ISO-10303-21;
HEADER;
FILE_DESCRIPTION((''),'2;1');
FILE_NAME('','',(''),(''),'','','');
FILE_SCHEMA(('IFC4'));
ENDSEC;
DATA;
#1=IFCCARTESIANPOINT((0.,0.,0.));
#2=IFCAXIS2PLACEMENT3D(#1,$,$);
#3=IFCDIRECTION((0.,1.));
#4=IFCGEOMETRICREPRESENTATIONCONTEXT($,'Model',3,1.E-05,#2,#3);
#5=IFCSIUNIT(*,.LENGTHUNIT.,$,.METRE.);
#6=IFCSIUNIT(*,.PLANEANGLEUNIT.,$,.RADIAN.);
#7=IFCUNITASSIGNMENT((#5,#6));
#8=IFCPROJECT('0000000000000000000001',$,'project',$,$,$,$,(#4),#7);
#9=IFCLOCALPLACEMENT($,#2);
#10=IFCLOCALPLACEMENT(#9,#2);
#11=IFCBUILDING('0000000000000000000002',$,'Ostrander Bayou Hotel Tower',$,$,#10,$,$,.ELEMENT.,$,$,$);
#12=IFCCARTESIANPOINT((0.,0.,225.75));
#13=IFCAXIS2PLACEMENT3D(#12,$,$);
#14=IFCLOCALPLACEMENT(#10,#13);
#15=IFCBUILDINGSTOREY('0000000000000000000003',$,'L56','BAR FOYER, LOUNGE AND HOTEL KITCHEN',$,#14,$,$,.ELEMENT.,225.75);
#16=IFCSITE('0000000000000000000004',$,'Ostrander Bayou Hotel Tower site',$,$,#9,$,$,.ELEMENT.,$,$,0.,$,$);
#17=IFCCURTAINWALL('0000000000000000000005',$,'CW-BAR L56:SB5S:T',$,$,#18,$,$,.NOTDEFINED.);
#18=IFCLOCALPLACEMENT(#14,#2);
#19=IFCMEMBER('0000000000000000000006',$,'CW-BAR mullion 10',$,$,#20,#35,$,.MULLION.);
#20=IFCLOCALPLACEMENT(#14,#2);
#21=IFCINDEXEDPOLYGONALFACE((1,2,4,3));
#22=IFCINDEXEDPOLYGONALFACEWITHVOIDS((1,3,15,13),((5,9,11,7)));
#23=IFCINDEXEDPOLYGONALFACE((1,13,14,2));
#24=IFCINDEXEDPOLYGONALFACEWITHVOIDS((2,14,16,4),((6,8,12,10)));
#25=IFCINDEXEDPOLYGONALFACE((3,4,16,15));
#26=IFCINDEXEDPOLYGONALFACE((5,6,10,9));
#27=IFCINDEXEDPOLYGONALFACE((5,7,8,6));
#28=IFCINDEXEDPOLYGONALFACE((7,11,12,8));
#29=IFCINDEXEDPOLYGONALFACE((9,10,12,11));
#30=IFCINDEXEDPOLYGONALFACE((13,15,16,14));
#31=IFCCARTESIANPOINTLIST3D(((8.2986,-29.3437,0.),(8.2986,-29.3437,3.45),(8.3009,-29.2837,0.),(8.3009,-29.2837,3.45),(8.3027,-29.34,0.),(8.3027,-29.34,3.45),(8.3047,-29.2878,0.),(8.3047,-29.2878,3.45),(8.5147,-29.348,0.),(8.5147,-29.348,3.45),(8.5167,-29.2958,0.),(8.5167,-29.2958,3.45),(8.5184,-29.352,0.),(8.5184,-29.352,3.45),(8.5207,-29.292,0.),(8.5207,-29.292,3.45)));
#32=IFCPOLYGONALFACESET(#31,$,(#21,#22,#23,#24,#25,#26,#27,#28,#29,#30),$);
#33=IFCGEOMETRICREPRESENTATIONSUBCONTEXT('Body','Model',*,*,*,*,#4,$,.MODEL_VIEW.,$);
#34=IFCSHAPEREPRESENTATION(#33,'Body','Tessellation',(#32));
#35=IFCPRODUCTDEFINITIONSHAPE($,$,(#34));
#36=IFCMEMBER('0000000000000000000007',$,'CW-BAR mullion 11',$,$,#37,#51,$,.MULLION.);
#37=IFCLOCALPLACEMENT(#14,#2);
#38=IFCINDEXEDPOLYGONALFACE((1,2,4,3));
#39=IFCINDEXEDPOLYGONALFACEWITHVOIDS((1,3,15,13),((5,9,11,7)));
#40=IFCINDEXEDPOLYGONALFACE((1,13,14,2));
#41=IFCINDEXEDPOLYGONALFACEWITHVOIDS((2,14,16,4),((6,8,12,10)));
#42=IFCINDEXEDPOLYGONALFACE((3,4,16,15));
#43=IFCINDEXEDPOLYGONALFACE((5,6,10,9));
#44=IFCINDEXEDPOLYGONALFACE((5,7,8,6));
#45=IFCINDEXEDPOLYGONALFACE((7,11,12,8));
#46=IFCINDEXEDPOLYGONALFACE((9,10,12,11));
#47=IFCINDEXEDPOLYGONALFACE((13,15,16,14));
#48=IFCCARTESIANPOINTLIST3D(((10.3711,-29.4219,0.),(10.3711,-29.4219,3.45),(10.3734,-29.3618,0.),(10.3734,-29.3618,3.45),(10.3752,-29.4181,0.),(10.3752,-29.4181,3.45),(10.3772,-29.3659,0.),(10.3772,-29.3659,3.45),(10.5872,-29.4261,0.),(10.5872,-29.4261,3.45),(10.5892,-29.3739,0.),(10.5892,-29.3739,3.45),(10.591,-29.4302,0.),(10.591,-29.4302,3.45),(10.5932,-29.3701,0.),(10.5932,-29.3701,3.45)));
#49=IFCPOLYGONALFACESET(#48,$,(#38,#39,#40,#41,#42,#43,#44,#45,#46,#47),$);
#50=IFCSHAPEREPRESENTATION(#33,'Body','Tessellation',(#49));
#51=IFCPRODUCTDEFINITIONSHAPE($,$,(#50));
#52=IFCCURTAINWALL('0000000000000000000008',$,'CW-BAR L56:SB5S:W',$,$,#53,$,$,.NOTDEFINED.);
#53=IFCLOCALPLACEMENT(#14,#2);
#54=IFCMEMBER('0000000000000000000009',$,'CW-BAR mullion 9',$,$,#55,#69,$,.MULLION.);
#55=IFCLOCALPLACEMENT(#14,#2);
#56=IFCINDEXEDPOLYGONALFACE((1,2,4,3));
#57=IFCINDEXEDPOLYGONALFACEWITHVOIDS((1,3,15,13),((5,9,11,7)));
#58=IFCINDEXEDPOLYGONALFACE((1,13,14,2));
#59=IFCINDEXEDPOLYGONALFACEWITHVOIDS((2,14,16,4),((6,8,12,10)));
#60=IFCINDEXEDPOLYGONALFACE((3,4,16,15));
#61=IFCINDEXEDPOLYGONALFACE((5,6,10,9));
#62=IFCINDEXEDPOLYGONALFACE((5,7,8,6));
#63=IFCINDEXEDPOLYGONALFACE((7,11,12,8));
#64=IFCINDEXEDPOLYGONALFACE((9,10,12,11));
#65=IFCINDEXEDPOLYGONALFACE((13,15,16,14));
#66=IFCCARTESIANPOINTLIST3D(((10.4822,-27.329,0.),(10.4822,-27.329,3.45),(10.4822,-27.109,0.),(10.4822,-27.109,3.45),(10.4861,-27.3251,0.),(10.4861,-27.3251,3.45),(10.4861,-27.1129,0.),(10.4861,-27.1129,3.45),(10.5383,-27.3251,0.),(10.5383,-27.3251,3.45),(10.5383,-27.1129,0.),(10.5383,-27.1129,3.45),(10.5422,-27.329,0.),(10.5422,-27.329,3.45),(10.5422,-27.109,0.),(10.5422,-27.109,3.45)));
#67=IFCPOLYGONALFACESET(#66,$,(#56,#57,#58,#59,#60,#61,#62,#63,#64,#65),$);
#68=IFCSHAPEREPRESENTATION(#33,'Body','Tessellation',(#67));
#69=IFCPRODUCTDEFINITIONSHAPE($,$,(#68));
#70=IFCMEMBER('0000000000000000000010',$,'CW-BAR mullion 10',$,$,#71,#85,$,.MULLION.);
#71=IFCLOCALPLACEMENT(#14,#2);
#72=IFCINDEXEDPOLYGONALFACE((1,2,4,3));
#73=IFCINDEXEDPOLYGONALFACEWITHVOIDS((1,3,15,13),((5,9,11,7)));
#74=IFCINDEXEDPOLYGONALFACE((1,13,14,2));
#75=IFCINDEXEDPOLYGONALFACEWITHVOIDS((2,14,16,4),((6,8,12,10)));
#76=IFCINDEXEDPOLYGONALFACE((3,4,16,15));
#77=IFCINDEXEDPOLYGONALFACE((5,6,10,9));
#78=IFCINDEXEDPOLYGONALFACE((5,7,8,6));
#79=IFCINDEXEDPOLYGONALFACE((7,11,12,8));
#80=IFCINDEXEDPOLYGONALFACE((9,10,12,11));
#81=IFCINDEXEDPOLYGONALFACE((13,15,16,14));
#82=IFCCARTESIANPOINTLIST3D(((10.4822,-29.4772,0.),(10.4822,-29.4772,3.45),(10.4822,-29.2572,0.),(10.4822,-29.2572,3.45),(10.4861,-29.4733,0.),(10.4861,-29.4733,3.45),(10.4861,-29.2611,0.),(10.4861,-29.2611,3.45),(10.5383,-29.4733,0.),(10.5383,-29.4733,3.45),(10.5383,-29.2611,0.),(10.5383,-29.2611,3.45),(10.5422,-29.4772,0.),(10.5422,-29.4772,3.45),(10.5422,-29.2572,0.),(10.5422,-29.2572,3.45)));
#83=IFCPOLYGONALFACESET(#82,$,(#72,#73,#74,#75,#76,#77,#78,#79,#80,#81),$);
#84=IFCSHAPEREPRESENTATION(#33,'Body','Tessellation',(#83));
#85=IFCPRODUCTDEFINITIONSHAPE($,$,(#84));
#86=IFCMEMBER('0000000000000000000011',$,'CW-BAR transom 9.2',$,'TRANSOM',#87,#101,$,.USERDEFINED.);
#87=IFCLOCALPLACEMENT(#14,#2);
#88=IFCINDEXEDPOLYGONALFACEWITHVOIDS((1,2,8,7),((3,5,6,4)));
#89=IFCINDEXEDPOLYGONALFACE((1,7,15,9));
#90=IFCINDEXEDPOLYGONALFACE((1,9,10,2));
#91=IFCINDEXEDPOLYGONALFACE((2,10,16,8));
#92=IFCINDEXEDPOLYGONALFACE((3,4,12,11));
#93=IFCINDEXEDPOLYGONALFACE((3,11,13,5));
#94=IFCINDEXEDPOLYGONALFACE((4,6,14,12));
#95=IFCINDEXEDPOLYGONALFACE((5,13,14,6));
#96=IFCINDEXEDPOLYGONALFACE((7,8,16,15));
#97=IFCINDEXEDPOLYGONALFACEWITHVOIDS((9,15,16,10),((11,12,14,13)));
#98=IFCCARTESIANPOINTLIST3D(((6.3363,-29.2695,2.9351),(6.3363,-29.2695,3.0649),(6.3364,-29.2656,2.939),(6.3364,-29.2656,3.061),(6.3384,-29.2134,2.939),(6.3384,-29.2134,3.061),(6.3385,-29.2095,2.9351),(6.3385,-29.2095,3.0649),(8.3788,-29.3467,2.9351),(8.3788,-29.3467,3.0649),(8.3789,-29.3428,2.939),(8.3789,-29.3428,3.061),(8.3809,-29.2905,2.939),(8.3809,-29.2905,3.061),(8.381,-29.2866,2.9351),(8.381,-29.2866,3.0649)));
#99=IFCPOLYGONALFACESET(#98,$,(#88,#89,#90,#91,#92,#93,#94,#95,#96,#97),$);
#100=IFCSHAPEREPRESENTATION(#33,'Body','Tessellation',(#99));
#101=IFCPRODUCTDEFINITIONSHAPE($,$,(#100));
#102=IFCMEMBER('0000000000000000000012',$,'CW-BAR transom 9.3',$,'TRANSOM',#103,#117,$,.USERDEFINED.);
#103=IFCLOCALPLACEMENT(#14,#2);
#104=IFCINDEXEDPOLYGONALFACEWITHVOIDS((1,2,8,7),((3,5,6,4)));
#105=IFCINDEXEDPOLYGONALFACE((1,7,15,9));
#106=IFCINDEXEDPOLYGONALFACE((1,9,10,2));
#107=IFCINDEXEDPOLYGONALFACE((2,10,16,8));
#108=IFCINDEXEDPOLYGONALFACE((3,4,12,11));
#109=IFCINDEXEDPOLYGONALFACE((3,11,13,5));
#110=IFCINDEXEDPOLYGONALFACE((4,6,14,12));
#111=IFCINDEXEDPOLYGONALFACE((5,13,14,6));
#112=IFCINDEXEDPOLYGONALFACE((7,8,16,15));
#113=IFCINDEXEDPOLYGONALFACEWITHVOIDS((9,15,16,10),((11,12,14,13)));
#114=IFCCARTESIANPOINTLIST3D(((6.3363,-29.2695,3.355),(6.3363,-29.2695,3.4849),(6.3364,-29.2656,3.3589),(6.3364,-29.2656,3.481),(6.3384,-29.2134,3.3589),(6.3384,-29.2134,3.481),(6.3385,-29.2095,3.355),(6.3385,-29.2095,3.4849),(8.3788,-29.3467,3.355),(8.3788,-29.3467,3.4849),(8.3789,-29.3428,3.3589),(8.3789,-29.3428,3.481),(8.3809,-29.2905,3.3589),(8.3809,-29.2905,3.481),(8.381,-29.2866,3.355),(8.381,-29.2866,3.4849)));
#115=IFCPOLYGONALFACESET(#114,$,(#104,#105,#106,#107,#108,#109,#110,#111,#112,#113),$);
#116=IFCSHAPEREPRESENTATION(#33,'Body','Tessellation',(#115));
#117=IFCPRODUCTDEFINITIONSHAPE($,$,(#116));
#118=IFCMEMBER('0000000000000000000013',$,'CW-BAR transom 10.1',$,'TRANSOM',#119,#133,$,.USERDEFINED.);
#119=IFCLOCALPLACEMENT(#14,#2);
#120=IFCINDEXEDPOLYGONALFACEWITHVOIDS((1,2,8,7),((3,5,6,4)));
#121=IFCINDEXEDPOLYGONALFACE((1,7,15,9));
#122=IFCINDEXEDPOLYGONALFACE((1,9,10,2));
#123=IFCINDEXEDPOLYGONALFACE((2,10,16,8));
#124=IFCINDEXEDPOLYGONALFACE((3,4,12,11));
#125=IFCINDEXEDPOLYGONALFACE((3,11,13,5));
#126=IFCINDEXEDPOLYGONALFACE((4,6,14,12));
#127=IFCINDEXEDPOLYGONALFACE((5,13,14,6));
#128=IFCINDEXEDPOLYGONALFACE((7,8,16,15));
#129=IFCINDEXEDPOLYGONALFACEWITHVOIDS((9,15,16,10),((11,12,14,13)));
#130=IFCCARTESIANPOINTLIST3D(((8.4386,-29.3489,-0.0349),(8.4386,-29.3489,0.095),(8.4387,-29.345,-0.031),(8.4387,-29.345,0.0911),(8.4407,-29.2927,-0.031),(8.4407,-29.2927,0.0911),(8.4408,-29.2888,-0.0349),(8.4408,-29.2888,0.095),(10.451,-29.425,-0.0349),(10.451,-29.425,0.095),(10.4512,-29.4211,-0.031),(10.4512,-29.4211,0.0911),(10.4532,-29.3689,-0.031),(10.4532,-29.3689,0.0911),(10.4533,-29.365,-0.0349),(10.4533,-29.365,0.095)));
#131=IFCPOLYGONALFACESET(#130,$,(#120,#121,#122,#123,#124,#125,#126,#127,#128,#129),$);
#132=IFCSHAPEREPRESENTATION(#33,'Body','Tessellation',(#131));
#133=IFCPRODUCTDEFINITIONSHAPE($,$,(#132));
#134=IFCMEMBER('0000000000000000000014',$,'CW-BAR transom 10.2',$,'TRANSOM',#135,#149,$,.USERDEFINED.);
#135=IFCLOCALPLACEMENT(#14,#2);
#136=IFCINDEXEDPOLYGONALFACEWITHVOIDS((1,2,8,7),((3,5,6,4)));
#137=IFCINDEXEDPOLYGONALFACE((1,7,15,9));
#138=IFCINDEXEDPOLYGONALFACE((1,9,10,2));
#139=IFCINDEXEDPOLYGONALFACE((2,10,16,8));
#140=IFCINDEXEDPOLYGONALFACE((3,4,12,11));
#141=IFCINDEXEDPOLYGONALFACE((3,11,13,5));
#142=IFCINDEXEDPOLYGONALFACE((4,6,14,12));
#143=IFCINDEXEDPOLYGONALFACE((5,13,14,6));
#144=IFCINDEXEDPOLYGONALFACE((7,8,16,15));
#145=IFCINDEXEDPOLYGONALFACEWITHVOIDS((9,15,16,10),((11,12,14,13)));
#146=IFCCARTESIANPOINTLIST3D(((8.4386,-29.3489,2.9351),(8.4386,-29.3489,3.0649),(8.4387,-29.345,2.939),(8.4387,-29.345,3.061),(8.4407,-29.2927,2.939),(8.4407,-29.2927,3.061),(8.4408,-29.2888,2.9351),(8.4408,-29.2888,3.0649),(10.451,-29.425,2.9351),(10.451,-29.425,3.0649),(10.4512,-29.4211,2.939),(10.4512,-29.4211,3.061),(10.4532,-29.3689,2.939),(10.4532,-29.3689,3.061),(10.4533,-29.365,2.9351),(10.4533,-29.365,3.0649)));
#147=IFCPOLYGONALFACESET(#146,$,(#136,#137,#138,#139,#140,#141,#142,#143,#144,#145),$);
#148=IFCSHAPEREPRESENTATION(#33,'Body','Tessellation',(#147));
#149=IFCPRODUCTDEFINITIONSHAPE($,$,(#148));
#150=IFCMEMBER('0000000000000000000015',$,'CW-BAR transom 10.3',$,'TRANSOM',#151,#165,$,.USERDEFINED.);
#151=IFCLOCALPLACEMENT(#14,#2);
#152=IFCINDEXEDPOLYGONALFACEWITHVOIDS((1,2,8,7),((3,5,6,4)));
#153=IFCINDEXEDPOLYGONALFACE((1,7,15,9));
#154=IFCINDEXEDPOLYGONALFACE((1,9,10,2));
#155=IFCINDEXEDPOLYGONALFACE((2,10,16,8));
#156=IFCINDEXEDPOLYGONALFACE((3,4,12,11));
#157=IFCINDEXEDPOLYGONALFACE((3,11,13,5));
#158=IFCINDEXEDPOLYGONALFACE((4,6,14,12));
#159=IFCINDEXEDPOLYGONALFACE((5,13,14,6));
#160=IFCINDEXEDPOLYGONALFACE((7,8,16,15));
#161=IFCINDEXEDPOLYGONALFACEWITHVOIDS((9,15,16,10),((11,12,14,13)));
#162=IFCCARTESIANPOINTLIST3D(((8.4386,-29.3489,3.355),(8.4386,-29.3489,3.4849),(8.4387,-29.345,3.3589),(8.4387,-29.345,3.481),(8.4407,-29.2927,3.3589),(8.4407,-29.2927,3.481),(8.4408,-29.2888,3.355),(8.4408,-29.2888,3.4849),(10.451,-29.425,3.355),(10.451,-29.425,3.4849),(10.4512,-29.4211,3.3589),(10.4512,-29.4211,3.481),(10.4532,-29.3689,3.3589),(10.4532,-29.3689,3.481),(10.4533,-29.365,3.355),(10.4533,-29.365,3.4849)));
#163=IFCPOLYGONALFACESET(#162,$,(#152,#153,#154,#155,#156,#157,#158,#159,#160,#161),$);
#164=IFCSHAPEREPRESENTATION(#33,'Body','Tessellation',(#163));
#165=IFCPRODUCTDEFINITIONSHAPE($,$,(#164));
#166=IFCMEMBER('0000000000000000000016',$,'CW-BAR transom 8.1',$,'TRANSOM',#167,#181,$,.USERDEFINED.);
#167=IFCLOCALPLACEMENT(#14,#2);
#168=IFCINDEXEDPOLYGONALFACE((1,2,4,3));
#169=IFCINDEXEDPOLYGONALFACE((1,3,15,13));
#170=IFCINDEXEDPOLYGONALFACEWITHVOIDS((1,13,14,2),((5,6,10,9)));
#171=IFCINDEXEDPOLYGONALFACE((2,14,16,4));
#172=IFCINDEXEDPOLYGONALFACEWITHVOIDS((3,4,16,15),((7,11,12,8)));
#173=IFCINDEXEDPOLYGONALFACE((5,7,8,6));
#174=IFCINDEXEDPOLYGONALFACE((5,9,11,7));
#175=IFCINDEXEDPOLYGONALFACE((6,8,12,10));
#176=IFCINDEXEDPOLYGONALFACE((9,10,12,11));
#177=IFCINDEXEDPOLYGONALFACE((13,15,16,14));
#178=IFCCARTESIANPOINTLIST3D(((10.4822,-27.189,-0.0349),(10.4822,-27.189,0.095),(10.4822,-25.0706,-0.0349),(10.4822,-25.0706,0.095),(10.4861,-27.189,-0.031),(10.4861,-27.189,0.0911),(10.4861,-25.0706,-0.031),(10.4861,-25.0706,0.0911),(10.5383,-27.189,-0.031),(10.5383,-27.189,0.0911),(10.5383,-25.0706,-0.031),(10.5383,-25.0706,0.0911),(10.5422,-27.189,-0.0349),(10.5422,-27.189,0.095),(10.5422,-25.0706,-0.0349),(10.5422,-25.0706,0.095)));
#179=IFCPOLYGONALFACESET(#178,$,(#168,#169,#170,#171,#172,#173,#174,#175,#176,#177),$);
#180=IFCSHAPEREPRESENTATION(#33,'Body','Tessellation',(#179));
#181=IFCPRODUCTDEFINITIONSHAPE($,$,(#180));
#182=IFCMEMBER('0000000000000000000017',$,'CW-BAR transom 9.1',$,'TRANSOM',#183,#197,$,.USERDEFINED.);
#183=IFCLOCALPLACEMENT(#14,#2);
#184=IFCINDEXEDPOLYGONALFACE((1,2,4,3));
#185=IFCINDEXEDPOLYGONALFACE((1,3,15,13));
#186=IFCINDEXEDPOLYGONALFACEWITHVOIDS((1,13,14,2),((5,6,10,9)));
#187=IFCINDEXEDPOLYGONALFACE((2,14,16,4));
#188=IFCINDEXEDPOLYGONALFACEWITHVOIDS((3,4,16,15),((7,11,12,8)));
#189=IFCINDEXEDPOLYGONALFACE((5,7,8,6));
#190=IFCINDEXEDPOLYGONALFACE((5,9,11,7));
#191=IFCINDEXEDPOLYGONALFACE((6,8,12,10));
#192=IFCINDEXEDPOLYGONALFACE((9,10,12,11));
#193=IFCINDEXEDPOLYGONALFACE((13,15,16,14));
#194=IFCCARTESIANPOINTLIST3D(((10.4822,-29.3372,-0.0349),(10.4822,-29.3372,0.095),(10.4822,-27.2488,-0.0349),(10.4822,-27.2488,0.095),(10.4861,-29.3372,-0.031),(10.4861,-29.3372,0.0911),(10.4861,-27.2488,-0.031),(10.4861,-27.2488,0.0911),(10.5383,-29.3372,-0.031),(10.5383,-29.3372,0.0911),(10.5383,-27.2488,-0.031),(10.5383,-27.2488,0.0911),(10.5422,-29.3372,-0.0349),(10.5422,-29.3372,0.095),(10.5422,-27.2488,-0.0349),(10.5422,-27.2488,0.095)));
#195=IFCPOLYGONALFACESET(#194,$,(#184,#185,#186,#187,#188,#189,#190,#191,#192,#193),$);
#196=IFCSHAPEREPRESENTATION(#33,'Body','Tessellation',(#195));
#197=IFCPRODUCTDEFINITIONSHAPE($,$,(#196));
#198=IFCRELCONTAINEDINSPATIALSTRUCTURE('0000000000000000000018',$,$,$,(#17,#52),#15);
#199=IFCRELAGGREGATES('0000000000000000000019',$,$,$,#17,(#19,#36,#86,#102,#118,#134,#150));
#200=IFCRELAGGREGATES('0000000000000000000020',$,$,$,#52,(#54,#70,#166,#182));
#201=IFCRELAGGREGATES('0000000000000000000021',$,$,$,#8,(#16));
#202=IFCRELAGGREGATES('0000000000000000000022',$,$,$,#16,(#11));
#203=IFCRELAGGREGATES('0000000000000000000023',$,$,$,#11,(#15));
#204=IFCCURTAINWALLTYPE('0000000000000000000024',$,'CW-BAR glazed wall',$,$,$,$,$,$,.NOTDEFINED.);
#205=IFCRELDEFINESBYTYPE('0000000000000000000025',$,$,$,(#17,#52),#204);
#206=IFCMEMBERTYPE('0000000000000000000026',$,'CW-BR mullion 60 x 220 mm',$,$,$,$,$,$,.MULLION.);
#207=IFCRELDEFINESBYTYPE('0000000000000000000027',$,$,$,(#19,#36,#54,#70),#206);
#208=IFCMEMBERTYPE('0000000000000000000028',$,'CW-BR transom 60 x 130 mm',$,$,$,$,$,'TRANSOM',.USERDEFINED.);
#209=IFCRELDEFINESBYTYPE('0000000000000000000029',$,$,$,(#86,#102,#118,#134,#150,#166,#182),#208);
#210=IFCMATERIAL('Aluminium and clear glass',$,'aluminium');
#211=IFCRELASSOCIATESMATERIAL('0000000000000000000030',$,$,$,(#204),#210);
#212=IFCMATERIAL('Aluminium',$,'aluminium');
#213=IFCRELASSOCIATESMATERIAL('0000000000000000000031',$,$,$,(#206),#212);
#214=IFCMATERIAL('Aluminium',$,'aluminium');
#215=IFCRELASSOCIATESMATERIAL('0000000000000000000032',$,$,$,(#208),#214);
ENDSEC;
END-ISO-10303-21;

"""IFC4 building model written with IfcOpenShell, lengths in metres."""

from ifc_helpers import new_model, si_unit, direction, frame, origin, origin_2d, place, context, subcontext, project, spatial, hollow_rectangle, extrude, material, material_profile, profile_set, type_object, element, aggregate, save


model = new_model("IFC4")

# Units and contexts
model_context = context("Model", 3, precision=1e-05, world=origin(), true_north=direction((0.0, 1.0)))
body_context = subcontext(model_context, "Body", "Model", "MODEL_VIEW")
ifc_project = project(units=[si_unit("LENGTHUNIT", "METRE"), si_unit("PLANEANGLEUNIT", "RADIAN")], contexts=[model_context])

# Site, building, storey
site_placement = place(None, origin())
site = spatial("IfcSite", under=ifc_project, at=site_placement, Name="Ostrander Bayou Hotel Tower site", CompositionType="ELEMENT", RefElevation=0.0)
building_placement = place(site_placement, origin())
building = spatial("IfcBuilding", under=site, at=building_placement, Name="Ostrander Bayou Hotel Tower", CompositionType="ELEMENT")
storey_placement = place(building_placement, frame((0.0, 0.0, 225.75)))
storey = spatial("IfcBuildingStorey", under=building, at=storey_placement, Name="L56", Description="BAR FOYER, LOUNGE AND HOTEL KITCHEN", CompositionType="ELEMENT", Elevation=225.75)

# Curtain walls, members
ifc_material_1 = material(Name="Aluminium and clear glass", Category="aluminium")
curtain_wall_type = type_object("IfcCurtainWallType", Name="CW-BAR glazed wall", PredefinedType="NOTDEFINED", material=ifc_material_1)
curtain_wall_1_placement = place(storey_placement, origin())
curtain_wall_1 = element("IfcCurtainWall", 1, at=curtain_wall_1_placement, inside=storey, type_object=curtain_wall_type, Name="CW-BAR L56:SB5S:T", PredefinedType="NOTDEFINED")
ifc_material_2 = material(Name="Aluminium", Category="aluminium")
ifc_material_profile_1 = material_profile(ifc_material_2, hollow_rectangle(XDim=0.0601, YDim=0.22, WallThickness=0.0039, at=origin_2d()))
ifc_profile_set_1 = profile_set([ifc_material_profile_1], Name="Aluminium")
member_type_1 = type_object("IfcMemberType", Name="CW-BR mullion 60 x 220 mm", PredefinedType="MULLION", material=ifc_profile_set_1)
member_1_placement = place(storey_placement, frame((8.4097, -29.3179, 0.0), z_axis=(0.0, 0.0, 1.0), x_axis=(0.037758, 0.999287, 0.0)))
member_1 = element("IfcMember", 2, at=member_1_placement, type_object=member_type_1, Name="CW-BAR mullion 10", PredefinedType="MULLION", context=body_context, shape_type="SweptSolid", body=[
    extrude(hollow_rectangle(XDim=0.0601, YDim=0.22, WallThickness=0.0039, at=origin_2d()), origin(), (0.0, 0.0, 1.0), 3.45),
])
member_2_placement = place(storey_placement, frame((10.4822, -29.396, 0.0), z_axis=(0.0, 0.0, 1.0), x_axis=(0.037758, 0.999287, 0.0)))
member_2 = element("IfcMember", 3, at=member_2_placement, type_object=member_type_1, Name="CW-BAR mullion 11", PredefinedType="MULLION", context=body_context, shape_type="SweptSolid", body=[
    extrude(hollow_rectangle(XDim=0.0601, YDim=0.22, WallThickness=0.0039, at=origin_2d()), origin(), (0.0, 0.0, 1.0), 3.45),
])
curtain_wall_2_placement = place(storey_placement, origin())
curtain_wall_2 = element("IfcCurtainWall", 4, at=curtain_wall_2_placement, inside=storey, type_object=curtain_wall_type, Name="CW-BAR L56:SB5S:W", PredefinedType="NOTDEFINED")
member_3_placement = place(storey_placement, frame((10.5122, -27.219, 0.0), z_axis=(0.0, 0.0, 1.0), x_axis=(1.0, 0.0, 0.0)))
member_3 = element("IfcMember", 5, at=member_3_placement, type_object=member_type_1, Name="CW-BAR mullion 9", PredefinedType="MULLION", context=body_context, shape_type="SweptSolid", body=[
    extrude(hollow_rectangle(XDim=0.0601, YDim=0.22, WallThickness=0.0039, at=origin_2d()), origin(), (0.0, 0.0, 1.0), 3.45),
])
member_4_placement = place(storey_placement, frame((10.5122, -29.3672, 0.0), z_axis=(0.0, 0.0, 1.0), x_axis=(1.0, 0.0, 0.0)))
member_4 = element("IfcMember", 6, at=member_4_placement, type_object=member_type_1, Name="CW-BAR mullion 10", PredefinedType="MULLION", context=body_context, shape_type="SweptSolid", body=[
    extrude(hollow_rectangle(XDim=0.0601, YDim=0.22, WallThickness=0.0039, at=origin_2d()), origin(), (0.0, 0.0, 1.0), 3.45),
])

# Members
ifc_material_3 = material(Name="Aluminium", Category="aluminium")
ifc_material_profile_2 = material_profile(ifc_material_3, hollow_rectangle(XDim=0.0601, YDim=0.1299, WallThickness=0.0039, at=origin_2d()))
ifc_profile_set_2 = profile_set([ifc_material_profile_2], Name="Aluminium")
member_type_2 = type_object("IfcMemberType", Name="CW-BR transom 60 x 130 mm", ElementType="TRANSOM", PredefinedType="USERDEFINED", material=ifc_profile_set_2)
member_5_placement = place(storey_placement, frame((6.3374, -29.2395, 3.0), z_axis=(0.999287, -0.037745, 0.0), x_axis=(0.037745, 0.999287, 0.0)))
member_5 = element("IfcMember", 7, at=member_5_placement, type_object=member_type_2, Name="CW-BAR transom 9.2", ObjectType="TRANSOM", PredefinedType="USERDEFINED", context=body_context, shape_type="SweptSolid", body=[
    extrude(hollow_rectangle(XDim=0.0601, YDim=0.1299, WallThickness=0.0039, at=origin_2d()), origin(), (0.0, 0.0, 1.0), 2.0439),
])
member_6_placement = place(storey_placement, frame((6.3374, -29.2395, 3.4199), z_axis=(0.999287, -0.037745, 0.0), x_axis=(0.037745, 0.999287, 0.0)))
member_6 = element("IfcMember", 8, at=member_6_placement, type_object=member_type_2, Name="CW-BAR transom 9.3", ObjectType="TRANSOM", PredefinedType="USERDEFINED", context=body_context, shape_type="SweptSolid", body=[
    extrude(hollow_rectangle(XDim=0.0601, YDim=0.1299, WallThickness=0.0039, at=origin_2d()), origin(), (0.0, 0.0, 1.0), 2.0439),
])
member_7_placement = place(storey_placement, frame((8.4397, -29.3188, 0.03), z_axis=(0.999284, -0.037823, 0.0), x_axis=(0.037823, 0.999284, 0.0)))
member_7 = element("IfcMember", 9, at=member_7_placement, type_object=member_type_2, Name="CW-BAR transom 10.1", ObjectType="TRANSOM", PredefinedType="USERDEFINED", context=body_context, shape_type="SweptSolid", body=[
    extrude(hollow_rectangle(XDim=0.0601, YDim=0.1299, WallThickness=0.0039, at=origin_2d()), origin(), (0.0, 0.0, 1.0), 2.0139),
])
member_8_placement = place(storey_placement, frame((8.4397, -29.3188, 3.0), z_axis=(0.999284, -0.037823, 0.0), x_axis=(0.037823, 0.999284, 0.0)))
member_8 = element("IfcMember", 10, at=member_8_placement, type_object=member_type_2, Name="CW-BAR transom 10.2", ObjectType="TRANSOM", PredefinedType="USERDEFINED", context=body_context, shape_type="SweptSolid", body=[
    extrude(hollow_rectangle(XDim=0.0601, YDim=0.1299, WallThickness=0.0039, at=origin_2d()), origin(), (0.0, 0.0, 1.0), 2.0139),
])
member_9_placement = place(storey_placement, frame((8.4397, -29.3188, 3.4199), z_axis=(0.999284, -0.037823, 0.0), x_axis=(0.037823, 0.999284, 0.0)))
member_9 = element("IfcMember", 11, at=member_9_placement, type_object=member_type_2, Name="CW-BAR transom 10.3", ObjectType="TRANSOM", PredefinedType="USERDEFINED", context=body_context, shape_type="SweptSolid", body=[
    extrude(hollow_rectangle(XDim=0.0601, YDim=0.1299, WallThickness=0.0039, at=origin_2d()), origin(), (0.0, 0.0, 1.0), 2.0139),
])
member_10_placement = place(storey_placement, frame((10.5122, -25.0706, 0.03), z_axis=(0.0, -1.0, 0.0), x_axis=(1.0, 0.0, 0.0)))
member_10 = element("IfcMember", 12, at=member_10_placement, type_object=member_type_2, Name="CW-BAR transom 8.1", ObjectType="TRANSOM", PredefinedType="USERDEFINED", context=body_context, shape_type="SweptSolid", body=[
    extrude(hollow_rectangle(XDim=0.0601, YDim=0.1299, WallThickness=0.0039, at=origin_2d()), origin(), (0.0, 0.0, 1.0), 2.1184),
])
member_11_placement = place(storey_placement, frame((10.5122, -27.2488, 0.03), z_axis=(0.0, -1.0, 0.0), x_axis=(1.0, 0.0, 0.0)))
member_11 = element("IfcMember", 13, at=member_11_placement, type_object=member_type_2, Name="CW-BAR transom 9.1", ObjectType="TRANSOM", PredefinedType="USERDEFINED", context=body_context, shape_type="SweptSolid", body=[
    extrude(hollow_rectangle(XDim=0.0601, YDim=0.1299, WallThickness=0.0039, at=origin_2d()), origin(), (0.0, 0.0, 1.0), 2.0884),
])

aggregate(curtain_wall_1, [member_1, member_2, member_5, member_6, member_7, member_8, member_9])
aggregate(curtain_wall_2, [member_3, member_4, member_10, member_11])

save(model, "model.ifc")
